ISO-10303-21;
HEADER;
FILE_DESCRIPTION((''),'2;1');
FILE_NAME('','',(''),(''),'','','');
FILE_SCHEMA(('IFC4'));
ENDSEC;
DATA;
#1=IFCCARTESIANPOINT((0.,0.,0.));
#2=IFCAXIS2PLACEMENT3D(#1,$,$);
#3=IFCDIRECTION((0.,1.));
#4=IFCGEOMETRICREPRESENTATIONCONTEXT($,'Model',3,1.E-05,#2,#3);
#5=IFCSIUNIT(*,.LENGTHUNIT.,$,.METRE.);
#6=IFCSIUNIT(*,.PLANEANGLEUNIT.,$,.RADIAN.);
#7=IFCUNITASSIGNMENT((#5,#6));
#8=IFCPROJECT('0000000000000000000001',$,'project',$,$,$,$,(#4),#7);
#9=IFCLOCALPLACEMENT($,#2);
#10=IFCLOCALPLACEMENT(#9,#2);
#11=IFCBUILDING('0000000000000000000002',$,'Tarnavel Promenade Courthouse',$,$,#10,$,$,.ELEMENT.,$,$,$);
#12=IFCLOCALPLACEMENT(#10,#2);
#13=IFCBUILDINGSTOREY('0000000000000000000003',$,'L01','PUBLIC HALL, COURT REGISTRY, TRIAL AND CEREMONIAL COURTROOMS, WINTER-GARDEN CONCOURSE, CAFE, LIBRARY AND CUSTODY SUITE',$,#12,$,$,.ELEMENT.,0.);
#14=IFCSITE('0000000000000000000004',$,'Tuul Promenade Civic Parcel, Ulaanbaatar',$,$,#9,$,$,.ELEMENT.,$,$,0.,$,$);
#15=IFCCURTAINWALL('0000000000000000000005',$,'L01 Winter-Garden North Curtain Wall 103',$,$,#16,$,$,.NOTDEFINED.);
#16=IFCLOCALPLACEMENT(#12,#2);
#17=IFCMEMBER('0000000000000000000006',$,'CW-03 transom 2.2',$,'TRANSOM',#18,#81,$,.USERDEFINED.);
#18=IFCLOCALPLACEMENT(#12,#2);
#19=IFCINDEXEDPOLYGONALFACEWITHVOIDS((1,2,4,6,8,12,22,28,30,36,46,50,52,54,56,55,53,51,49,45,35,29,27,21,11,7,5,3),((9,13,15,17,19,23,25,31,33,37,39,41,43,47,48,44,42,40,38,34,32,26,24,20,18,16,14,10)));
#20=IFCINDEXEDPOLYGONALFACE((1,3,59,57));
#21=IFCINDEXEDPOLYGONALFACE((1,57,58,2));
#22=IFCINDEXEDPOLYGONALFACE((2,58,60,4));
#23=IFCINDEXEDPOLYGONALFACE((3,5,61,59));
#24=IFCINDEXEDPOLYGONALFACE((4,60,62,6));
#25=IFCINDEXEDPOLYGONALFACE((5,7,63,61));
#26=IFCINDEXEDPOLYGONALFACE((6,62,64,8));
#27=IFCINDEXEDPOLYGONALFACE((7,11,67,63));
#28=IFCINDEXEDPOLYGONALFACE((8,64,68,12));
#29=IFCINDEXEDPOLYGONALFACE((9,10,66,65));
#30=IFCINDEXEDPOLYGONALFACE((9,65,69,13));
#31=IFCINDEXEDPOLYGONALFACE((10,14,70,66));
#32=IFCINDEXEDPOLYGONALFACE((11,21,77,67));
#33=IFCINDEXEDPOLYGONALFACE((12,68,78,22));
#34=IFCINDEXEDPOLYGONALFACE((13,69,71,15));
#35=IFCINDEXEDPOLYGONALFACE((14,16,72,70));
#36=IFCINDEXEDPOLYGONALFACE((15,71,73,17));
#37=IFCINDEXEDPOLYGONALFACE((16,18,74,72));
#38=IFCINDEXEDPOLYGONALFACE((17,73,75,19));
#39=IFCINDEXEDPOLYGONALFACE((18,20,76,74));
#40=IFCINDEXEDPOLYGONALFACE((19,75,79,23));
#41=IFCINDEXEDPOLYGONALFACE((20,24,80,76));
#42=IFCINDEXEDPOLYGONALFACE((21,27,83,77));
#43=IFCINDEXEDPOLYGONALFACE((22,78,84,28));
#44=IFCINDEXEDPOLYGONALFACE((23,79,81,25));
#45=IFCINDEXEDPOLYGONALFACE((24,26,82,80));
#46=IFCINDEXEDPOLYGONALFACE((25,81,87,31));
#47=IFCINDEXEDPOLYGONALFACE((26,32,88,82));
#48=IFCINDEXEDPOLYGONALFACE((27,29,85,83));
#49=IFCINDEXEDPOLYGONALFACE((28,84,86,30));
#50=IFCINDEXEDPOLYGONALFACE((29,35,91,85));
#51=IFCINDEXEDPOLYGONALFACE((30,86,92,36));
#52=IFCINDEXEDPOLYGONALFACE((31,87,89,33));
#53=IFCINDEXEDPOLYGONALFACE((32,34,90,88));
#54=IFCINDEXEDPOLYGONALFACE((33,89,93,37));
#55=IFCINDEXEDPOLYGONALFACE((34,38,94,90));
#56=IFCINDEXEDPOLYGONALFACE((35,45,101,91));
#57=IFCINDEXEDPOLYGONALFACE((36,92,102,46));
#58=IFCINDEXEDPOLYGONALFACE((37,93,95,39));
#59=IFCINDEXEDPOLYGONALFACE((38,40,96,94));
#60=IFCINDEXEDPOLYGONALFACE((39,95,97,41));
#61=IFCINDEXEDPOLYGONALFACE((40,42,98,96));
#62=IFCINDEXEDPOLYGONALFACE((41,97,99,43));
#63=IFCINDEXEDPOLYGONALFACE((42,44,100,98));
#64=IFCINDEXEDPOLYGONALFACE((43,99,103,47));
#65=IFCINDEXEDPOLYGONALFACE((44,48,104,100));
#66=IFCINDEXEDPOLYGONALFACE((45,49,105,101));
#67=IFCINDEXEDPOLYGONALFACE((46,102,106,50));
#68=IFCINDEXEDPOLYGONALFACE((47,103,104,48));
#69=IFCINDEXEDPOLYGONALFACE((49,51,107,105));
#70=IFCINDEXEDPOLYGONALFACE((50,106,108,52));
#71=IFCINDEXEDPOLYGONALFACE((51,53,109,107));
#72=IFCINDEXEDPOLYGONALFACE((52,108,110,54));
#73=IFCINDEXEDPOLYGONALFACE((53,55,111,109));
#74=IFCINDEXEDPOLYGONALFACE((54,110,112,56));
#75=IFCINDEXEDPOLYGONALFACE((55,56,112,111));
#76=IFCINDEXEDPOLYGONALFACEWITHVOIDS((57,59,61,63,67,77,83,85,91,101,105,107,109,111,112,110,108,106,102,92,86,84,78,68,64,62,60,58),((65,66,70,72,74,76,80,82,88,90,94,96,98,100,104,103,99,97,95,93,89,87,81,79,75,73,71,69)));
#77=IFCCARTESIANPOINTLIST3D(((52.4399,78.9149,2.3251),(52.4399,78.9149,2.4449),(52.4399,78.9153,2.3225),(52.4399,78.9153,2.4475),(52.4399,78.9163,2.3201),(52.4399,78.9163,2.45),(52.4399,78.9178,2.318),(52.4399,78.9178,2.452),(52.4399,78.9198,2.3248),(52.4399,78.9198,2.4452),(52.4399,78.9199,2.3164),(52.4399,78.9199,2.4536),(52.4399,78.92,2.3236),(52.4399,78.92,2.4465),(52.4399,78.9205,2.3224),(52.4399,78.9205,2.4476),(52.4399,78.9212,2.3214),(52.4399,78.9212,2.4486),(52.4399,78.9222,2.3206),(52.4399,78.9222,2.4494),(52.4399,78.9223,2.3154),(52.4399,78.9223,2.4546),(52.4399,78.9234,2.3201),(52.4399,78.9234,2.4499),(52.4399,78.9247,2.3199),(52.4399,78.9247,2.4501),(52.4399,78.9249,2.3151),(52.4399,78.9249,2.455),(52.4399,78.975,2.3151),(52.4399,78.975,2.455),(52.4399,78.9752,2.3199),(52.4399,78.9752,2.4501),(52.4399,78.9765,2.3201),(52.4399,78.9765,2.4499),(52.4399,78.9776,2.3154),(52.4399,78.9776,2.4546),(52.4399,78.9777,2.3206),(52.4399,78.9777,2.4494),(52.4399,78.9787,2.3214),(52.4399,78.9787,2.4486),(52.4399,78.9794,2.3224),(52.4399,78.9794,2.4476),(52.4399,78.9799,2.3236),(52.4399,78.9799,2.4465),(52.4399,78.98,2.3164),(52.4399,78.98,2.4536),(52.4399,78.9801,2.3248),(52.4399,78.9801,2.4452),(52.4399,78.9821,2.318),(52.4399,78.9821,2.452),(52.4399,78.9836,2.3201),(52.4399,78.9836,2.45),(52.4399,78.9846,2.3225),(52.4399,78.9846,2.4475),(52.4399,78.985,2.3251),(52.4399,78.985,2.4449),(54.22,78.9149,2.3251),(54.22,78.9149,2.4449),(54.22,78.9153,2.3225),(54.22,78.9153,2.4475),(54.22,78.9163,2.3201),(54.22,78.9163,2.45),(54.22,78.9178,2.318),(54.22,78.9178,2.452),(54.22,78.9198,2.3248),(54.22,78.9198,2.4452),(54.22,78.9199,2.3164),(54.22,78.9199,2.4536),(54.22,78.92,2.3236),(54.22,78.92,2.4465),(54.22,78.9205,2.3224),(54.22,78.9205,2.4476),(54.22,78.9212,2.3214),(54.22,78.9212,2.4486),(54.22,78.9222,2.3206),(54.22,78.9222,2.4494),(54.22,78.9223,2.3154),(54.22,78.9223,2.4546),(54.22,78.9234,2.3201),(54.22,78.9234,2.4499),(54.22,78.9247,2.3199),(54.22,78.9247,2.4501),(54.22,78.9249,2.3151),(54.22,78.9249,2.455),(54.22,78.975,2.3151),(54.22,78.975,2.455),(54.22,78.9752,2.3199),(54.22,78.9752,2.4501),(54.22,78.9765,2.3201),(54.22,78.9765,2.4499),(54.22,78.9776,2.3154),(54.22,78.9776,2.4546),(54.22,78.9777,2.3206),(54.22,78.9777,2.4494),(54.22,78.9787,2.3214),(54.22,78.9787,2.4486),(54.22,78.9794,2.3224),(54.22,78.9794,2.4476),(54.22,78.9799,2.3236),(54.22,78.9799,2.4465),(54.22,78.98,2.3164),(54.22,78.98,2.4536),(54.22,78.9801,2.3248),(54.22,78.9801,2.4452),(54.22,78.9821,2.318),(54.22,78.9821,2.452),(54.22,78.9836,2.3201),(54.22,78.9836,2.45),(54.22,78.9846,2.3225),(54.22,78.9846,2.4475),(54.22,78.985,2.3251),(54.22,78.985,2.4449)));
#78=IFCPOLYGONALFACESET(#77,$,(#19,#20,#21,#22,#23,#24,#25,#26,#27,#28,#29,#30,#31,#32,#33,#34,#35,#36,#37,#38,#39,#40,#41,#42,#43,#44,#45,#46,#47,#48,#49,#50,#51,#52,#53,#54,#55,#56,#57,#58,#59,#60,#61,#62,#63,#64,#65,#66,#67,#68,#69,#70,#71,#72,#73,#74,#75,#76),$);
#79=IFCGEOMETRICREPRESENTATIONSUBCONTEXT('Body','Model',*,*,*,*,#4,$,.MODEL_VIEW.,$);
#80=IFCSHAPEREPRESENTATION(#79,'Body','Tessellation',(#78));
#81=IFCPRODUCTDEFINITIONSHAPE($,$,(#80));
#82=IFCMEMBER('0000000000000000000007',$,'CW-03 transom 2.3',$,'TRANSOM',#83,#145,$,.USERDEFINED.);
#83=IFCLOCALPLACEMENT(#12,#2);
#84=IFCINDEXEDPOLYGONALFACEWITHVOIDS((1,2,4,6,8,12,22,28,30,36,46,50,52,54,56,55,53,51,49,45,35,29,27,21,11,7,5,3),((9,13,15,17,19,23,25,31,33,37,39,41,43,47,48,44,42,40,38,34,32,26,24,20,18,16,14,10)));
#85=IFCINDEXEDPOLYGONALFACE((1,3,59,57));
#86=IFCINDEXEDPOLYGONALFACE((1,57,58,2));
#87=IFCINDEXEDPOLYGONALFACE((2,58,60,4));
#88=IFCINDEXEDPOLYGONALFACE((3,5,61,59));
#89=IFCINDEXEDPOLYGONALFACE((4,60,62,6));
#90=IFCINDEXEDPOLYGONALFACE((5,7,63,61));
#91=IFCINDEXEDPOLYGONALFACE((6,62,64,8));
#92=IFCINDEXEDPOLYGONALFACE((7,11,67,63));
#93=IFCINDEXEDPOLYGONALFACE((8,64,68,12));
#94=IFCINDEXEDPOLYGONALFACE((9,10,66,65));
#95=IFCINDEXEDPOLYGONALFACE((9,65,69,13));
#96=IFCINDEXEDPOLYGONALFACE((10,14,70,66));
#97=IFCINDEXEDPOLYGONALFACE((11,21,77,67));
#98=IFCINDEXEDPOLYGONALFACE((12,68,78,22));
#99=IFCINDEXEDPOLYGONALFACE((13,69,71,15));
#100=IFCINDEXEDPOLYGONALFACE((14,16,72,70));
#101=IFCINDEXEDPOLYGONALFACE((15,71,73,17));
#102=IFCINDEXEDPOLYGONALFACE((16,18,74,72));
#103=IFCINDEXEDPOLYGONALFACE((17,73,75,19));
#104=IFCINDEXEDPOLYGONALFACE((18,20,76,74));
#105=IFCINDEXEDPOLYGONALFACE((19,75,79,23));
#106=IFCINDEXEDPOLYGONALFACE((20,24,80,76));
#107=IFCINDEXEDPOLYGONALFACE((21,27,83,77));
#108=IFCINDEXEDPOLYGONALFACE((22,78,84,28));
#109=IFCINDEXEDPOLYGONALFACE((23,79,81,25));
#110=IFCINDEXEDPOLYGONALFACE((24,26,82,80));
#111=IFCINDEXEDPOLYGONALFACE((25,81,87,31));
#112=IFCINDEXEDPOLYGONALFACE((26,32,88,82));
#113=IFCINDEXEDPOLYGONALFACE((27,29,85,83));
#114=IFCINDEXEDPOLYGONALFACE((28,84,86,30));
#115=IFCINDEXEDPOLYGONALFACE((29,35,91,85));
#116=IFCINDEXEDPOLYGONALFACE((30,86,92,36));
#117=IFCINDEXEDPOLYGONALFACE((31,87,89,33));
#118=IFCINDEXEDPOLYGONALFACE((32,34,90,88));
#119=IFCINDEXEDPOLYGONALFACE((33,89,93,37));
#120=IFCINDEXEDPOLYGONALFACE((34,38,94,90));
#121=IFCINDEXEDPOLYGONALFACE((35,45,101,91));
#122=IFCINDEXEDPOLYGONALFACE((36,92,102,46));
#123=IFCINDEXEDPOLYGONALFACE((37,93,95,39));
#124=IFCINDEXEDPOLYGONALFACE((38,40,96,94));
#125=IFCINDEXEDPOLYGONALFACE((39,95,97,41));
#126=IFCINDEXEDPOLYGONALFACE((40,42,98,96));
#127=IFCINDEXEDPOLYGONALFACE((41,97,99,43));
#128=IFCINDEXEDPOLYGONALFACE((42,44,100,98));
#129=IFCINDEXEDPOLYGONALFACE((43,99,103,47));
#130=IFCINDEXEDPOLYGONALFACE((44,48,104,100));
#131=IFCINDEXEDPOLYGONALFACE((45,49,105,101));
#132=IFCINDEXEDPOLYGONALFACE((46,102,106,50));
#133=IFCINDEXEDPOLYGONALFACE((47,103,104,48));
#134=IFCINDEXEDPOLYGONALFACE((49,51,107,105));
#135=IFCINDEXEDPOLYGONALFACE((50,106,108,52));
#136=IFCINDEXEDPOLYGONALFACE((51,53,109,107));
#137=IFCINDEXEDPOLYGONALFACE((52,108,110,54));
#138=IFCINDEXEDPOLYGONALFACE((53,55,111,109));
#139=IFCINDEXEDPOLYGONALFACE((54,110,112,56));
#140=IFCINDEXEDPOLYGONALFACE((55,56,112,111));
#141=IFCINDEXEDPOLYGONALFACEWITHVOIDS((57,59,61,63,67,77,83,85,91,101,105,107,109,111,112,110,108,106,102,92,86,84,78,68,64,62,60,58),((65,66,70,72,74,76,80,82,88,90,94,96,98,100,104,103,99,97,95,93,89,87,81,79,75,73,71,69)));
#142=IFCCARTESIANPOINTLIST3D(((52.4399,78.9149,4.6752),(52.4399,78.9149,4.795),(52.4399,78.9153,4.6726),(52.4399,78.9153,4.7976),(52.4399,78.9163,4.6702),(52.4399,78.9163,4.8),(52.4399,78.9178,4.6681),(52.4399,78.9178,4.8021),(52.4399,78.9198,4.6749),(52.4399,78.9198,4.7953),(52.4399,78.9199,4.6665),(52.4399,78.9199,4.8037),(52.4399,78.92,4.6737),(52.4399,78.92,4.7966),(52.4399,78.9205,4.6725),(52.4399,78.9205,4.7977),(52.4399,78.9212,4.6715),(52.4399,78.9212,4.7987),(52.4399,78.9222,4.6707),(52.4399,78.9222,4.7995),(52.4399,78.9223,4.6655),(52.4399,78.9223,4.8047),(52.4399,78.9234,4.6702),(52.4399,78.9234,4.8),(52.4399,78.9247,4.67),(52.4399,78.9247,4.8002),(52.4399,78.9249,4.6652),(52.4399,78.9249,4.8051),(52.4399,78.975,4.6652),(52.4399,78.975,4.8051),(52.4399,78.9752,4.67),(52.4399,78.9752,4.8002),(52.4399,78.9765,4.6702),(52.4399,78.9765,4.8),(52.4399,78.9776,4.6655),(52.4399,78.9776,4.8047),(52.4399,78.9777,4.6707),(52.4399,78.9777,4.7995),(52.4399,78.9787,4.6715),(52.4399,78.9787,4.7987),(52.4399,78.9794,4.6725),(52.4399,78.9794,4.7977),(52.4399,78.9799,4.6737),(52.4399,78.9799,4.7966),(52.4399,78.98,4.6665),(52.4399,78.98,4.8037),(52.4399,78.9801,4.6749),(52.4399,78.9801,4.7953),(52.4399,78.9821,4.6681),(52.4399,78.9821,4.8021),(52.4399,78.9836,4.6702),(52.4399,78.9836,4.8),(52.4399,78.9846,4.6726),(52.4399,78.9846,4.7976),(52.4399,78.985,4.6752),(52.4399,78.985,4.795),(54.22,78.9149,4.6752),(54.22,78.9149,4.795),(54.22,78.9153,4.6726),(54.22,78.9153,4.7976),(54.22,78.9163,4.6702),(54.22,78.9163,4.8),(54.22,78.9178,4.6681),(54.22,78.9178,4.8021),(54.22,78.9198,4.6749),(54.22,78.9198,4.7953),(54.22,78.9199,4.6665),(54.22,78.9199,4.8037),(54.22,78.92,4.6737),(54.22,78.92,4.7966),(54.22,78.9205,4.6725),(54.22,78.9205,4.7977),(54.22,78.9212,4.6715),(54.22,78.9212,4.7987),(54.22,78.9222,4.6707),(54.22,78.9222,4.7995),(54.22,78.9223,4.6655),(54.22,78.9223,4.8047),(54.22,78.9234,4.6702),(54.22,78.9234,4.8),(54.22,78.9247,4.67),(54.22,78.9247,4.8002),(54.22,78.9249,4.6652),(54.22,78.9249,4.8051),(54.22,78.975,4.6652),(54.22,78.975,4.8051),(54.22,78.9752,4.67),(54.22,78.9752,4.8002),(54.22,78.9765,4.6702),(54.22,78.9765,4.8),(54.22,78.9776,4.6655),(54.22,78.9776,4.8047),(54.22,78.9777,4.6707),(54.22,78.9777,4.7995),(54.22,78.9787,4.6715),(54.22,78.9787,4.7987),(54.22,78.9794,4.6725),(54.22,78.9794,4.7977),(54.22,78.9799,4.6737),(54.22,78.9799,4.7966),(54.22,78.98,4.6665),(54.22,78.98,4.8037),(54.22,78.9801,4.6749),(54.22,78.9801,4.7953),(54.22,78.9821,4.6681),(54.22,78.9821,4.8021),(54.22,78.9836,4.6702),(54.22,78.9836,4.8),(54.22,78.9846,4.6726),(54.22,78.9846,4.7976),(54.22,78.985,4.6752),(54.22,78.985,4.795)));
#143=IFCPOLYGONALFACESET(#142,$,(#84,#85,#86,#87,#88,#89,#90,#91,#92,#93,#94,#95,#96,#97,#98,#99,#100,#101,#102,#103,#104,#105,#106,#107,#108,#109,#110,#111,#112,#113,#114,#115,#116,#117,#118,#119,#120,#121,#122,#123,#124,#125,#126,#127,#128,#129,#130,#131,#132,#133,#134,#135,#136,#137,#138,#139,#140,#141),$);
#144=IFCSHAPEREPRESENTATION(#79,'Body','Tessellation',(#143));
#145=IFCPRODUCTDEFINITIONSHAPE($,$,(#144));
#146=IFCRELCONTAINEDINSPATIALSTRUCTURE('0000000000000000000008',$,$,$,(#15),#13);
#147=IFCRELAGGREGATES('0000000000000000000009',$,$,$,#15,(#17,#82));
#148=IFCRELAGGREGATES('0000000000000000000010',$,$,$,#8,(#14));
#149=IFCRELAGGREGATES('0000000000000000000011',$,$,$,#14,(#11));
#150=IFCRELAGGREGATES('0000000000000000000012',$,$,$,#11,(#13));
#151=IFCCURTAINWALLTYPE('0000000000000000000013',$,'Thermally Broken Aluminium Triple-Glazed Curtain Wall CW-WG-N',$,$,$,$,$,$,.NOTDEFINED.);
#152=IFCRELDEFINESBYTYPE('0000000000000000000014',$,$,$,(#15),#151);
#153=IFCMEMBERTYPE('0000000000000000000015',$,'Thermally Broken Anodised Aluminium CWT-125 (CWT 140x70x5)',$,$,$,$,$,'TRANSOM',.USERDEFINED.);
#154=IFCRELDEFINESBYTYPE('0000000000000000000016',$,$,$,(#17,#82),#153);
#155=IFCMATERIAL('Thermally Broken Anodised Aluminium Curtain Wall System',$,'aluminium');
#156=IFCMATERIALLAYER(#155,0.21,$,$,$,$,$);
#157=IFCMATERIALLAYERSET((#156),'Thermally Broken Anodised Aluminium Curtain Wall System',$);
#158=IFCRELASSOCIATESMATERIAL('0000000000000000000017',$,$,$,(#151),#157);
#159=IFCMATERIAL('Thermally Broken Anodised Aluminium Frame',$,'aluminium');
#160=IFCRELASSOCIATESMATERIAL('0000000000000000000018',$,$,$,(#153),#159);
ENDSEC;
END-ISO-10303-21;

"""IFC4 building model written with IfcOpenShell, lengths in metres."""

from ifc_helpers import new_model, si_unit, direction, frame, origin, origin_2d, place, context, subcontext, project, spatial, hollow_rectangle, extrude, material, layer, layer_set, material_profile, profile_set, type_object, element, aggregate, save


model = new_model("IFC4")

# Units and contexts
model_context = context("Model", 3, precision=1e-05, world=origin(), true_north=direction((0.0, 1.0)))
body_context = subcontext(model_context, "Body", "Model", "MODEL_VIEW")
ifc_project = project(units=[si_unit("LENGTHUNIT", "METRE"), si_unit("PLANEANGLEUNIT", "RADIAN")], contexts=[model_context])

# Site, building, storey
site_placement = place(None, origin())
site = spatial("IfcSite", under=ifc_project, at=site_placement, Name="Tuul Promenade Civic Parcel, Ulaanbaatar", CompositionType="ELEMENT", RefElevation=0.0)
building_placement = place(site_placement, origin())
building = spatial("IfcBuilding", under=site, at=building_placement, Name="Tarnavel Promenade Courthouse", CompositionType="ELEMENT")
storey_placement = place(building_placement, origin())
storey = spatial("IfcBuildingStorey", under=building, at=storey_placement, Name="L01", Description="PUBLIC HALL, COURT REGISTRY, TRIAL AND CEREMONIAL COURTROOMS, WINTER-GARDEN CONCOURSE, CAFE, LIBRARY AND CUSTODY SUITE", CompositionType="ELEMENT", Elevation=0.0)

# Shared definitions
ifc_material_1 = material(Name="Thermally Broken Anodised Aluminium Curtain Wall System", Category="aluminium")
ifc_layer_1 = layer(ifc_material_1, 0.21)
ifc_layer_set_1 = layer_set([ifc_layer_1], Name="Thermally Broken Anodised Aluminium Curtain Wall System")
curtain_wall_type = type_object("IfcCurtainWallType", Name="Thermally Broken Aluminium Triple-Glazed Curtain Wall CW-WG-N", PredefinedType="NOTDEFINED", material=ifc_layer_set_1)
ifc_material_2 = material(Name="Thermally Broken Anodised Aluminium Frame", Category="aluminium")

# Curtain wall
curtain_wall_1_placement = place(storey_placement, origin())
curtain_wall_1 = element("IfcCurtainWall", 1, at=curtain_wall_1_placement, inside=storey, type_object=curtain_wall_type, Name="L01 Winter-Garden North Curtain Wall 103", PredefinedType="NOTDEFINED")

# Members
ifc_material_profile_1 = material_profile(ifc_material_2, hollow_rectangle(XDim=0.0701, YDim=0.1399, WallThickness=0.0049, InnerFilletRadius=0.0049, OuterFilletRadius=0.01, at=origin_2d()), Name="CWT 140x70x5")
ifc_profile_set_1 = profile_set([ifc_material_profile_1], Name="Thermally Broken Anodised Aluminium Frame")
member_type_1 = type_object("IfcMemberType", Name="Thermally Broken Anodised Aluminium CWT-125 (CWT 140x70x5)", ElementType="TRANSOM", PredefinedType="USERDEFINED", material=ifc_profile_set_1)
member_1_placement = place(storey_placement, frame((52.4399, 78.95, 2.385), z_axis=(1.0, 0.0, 0.0), x_axis=(0.0, 1.0, 0.0)))
member_1 = element("IfcMember", 2, at=member_1_placement, type_object=member_type_1, Name="CW-03 transom 2.2", ObjectType="TRANSOM", PredefinedType="USERDEFINED", context=body_context, shape_type="SweptSolid", body=[
    extrude(hollow_rectangle(XDim=0.0701, YDim=0.1399, WallThickness=0.0049, InnerFilletRadius=0.0049, OuterFilletRadius=0.01, at=origin_2d()), origin(), (0.0, 0.0, 1.0), 1.78),
])
member_2_placement = place(storey_placement, frame((52.4399, 78.95, 4.7351), z_axis=(1.0, 0.0, 0.0), x_axis=(0.0, 1.0, 0.0)))
member_2 = element("IfcMember", 3, at=member_2_placement, type_object=member_type_1, Name="CW-03 transom 2.3", ObjectType="TRANSOM", PredefinedType="USERDEFINED", context=body_context, shape_type="SweptSolid", body=[
    extrude(hollow_rectangle(XDim=0.0701, YDim=0.1399, WallThickness=0.0049, InnerFilletRadius=0.0049, OuterFilletRadius=0.01, at=origin_2d()), origin(), (0.0, 0.0, 1.0), 1.78),
])

aggregate(curtain_wall_1, [member_1, member_2])

save(model, "model.ifc")
